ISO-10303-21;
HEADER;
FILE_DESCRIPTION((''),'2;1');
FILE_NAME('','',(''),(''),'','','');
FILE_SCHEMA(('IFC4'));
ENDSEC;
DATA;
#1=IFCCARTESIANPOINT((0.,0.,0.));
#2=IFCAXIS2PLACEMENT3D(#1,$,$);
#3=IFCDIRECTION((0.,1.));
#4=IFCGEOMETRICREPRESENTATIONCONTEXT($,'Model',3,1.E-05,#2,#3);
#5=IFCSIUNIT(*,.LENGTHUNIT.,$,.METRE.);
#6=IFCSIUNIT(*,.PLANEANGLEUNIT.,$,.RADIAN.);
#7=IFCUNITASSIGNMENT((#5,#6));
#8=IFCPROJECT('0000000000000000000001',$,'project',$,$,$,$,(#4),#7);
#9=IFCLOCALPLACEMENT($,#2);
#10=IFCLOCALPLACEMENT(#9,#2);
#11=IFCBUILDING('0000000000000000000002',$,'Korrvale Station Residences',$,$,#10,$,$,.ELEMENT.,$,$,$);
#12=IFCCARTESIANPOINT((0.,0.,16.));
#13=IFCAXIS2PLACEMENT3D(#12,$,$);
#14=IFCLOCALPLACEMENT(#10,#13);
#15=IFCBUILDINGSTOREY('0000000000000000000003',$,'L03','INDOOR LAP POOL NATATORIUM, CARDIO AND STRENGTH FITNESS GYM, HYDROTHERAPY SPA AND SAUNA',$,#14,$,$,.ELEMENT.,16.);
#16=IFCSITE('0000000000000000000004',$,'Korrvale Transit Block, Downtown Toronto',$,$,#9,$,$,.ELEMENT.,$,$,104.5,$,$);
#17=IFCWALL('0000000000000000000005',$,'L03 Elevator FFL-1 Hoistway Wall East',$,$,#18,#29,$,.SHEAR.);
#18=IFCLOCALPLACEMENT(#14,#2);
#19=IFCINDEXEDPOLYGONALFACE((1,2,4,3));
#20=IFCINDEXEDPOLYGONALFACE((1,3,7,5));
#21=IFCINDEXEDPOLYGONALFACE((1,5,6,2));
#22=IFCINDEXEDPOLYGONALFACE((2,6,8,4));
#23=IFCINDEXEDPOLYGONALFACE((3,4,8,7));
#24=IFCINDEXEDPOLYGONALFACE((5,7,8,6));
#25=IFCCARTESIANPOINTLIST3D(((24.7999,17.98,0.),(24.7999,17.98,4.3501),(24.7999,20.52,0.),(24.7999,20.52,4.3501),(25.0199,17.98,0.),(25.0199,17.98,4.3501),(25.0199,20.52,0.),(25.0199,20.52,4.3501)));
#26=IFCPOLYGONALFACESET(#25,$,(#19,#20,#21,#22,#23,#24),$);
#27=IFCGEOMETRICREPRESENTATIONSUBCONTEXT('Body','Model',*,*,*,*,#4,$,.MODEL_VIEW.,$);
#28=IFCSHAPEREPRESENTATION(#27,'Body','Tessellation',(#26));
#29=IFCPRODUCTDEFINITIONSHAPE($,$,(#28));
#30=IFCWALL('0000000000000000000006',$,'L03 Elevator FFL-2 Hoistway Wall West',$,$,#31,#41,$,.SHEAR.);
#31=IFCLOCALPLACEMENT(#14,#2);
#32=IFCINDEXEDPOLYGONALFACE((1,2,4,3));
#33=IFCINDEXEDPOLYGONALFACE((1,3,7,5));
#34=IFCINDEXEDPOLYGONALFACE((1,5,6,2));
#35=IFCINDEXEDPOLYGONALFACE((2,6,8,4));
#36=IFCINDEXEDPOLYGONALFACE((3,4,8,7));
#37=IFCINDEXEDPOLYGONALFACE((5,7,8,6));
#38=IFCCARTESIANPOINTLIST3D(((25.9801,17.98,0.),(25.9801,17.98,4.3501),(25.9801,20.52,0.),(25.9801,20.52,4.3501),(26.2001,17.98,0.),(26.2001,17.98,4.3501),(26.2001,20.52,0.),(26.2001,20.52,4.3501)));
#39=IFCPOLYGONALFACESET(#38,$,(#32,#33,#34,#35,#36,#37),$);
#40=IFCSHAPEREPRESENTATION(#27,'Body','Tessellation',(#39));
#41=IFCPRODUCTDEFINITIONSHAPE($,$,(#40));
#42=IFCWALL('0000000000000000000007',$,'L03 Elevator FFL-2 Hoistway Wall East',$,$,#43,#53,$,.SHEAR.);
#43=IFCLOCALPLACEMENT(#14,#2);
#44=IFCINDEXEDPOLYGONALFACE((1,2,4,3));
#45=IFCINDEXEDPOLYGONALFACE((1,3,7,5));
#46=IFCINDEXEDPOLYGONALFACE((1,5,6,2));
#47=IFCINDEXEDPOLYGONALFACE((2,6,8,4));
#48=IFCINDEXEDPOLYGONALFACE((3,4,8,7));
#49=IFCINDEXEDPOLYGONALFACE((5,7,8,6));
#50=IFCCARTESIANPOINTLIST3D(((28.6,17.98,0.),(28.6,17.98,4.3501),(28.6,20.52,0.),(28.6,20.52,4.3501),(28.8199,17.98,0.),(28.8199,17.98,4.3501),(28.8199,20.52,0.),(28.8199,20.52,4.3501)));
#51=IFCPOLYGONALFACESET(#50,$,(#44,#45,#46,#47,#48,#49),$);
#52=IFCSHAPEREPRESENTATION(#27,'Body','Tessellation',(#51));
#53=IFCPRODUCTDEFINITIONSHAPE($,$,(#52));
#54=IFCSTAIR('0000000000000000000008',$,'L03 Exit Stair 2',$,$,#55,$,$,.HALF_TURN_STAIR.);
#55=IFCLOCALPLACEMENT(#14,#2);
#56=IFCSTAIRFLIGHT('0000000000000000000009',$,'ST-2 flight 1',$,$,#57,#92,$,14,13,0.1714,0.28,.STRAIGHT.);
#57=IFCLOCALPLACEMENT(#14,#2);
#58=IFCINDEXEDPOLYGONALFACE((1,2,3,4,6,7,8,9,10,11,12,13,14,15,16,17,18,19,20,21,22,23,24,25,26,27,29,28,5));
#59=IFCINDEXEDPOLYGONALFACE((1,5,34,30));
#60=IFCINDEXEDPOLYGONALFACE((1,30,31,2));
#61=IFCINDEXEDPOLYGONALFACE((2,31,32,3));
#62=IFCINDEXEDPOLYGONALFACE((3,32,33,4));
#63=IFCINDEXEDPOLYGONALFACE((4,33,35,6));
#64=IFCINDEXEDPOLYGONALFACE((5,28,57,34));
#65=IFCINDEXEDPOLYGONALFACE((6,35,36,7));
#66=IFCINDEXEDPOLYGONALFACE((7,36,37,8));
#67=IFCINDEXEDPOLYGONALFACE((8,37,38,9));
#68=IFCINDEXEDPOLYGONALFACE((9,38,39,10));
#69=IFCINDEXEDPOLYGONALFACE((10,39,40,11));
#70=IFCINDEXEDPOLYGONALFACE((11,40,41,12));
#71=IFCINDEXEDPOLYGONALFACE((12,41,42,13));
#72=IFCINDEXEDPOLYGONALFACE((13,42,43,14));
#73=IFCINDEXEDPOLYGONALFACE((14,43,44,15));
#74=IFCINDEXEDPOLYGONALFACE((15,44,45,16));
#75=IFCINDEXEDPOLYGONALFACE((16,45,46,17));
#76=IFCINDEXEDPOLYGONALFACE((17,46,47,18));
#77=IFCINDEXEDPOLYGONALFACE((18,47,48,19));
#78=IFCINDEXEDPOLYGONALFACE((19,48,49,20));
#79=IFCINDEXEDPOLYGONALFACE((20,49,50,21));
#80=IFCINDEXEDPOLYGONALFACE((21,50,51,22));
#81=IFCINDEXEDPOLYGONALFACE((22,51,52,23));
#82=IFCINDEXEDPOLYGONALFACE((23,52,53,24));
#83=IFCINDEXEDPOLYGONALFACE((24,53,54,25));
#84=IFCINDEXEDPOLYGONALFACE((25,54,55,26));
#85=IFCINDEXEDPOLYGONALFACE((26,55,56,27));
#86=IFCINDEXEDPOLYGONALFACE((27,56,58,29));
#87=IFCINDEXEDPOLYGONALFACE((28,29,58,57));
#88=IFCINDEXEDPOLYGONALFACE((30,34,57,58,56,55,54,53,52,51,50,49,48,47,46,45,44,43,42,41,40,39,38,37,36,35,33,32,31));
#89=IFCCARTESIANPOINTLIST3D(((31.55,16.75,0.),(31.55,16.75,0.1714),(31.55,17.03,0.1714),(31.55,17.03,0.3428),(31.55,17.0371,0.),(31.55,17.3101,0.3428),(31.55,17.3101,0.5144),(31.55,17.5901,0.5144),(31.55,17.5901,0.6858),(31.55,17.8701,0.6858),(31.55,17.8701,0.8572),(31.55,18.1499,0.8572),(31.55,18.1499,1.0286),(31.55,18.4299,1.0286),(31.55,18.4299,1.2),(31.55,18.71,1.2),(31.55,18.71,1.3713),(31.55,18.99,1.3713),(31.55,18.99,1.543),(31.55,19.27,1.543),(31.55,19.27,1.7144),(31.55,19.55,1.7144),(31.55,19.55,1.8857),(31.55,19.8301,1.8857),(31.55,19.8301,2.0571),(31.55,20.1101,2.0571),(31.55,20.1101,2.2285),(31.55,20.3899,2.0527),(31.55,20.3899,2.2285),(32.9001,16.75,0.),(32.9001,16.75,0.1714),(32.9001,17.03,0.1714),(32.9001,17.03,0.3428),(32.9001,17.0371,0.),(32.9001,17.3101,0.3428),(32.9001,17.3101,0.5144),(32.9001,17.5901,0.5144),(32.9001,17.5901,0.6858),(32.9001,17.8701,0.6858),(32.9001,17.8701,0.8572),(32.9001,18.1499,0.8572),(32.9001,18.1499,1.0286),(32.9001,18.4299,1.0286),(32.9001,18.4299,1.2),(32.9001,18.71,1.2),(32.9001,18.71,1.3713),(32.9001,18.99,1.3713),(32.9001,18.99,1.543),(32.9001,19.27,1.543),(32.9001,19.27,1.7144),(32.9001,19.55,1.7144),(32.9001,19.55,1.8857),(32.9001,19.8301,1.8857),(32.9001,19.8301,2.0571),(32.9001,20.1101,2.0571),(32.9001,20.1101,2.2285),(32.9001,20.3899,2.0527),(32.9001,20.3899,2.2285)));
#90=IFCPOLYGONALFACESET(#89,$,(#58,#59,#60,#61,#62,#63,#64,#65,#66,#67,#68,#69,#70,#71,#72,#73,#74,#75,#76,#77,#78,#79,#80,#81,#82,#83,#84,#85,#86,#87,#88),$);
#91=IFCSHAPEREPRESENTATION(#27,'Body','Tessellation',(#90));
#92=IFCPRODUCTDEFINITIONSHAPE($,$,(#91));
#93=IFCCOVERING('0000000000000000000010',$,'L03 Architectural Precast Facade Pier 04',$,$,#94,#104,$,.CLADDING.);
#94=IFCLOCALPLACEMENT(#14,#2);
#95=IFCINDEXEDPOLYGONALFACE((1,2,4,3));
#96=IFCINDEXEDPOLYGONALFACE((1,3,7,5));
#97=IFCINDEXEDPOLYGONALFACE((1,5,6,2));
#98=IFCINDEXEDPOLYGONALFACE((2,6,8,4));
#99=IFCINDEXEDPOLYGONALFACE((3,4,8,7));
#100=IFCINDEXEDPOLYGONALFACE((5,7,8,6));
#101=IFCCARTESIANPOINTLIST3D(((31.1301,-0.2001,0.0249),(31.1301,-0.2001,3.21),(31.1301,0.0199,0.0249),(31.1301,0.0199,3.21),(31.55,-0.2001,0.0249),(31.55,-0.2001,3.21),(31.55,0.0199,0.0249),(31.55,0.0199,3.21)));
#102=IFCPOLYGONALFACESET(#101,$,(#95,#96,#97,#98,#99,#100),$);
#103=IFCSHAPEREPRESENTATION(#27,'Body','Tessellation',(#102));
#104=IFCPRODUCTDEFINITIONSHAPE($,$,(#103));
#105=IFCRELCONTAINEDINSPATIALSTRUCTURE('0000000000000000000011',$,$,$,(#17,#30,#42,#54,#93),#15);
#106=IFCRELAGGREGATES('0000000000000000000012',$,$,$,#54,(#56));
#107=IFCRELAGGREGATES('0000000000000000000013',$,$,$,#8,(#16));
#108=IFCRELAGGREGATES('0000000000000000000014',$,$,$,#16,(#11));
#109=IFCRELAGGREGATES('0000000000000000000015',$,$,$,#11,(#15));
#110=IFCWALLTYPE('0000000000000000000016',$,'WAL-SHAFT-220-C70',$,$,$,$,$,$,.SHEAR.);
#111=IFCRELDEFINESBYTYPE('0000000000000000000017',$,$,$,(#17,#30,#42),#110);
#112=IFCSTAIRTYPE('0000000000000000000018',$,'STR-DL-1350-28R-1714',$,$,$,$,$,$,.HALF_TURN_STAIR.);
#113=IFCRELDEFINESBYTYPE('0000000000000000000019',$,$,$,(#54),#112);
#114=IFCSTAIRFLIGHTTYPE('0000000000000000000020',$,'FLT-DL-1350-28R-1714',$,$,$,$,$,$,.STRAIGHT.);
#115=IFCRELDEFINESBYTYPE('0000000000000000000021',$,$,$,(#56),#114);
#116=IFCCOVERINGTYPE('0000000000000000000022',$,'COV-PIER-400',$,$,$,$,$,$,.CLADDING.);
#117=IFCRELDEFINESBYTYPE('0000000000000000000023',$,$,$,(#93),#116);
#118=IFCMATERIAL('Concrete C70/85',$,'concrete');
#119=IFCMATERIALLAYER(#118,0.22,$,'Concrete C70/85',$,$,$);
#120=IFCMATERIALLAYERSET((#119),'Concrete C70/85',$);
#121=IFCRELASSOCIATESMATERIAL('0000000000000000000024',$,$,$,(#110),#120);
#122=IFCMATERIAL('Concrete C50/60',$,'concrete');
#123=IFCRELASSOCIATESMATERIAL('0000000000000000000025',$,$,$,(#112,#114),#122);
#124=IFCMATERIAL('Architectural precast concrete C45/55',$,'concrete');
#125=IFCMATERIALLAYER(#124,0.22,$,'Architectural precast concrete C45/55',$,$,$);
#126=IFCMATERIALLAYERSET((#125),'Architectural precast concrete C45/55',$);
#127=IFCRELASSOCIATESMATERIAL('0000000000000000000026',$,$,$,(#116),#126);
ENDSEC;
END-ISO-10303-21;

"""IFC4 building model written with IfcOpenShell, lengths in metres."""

from ifc_helpers import new_model, si_unit, direction, frame, frame_2d, origin, origin_2d, place, context, subcontext, project, spatial, polyline, rectangle, outline, extrude, material, layer, layer_set, type_object, element, aggregate, save


model = new_model("IFC4")

# Units and contexts
model_context = context("Model", 3, precision=1e-05, world=origin(), true_north=direction((0.0, 1.0)))
body_context = subcontext(model_context, "Body", "Model", "MODEL_VIEW")
ifc_project = project(units=[si_unit("LENGTHUNIT", "METRE"), si_unit("PLANEANGLEUNIT", "RADIAN")], contexts=[model_context])

# Site, building, storey
site_placement = place(None, origin())
site = spatial("IfcSite", under=ifc_project, at=site_placement, Name="Korrvale Transit Block, Downtown Toronto", CompositionType="ELEMENT", RefElevation=104.5)
building_placement = place(site_placement, origin())
building = spatial("IfcBuilding", under=site, at=building_placement, Name="Korrvale Station Residences", CompositionType="ELEMENT")
storey_placement = place(building_placement, frame((0.0, 0.0, 16.0)))
storey = spatial("IfcBuildingStorey", under=building, at=storey_placement, Name="L03", Description="INDOOR LAP POOL NATATORIUM, CARDIO AND STRENGTH FITNESS GYM, HYDROTHERAPY SPA AND SAUNA", CompositionType="ELEMENT", Elevation=16.0)

# Shared definitions
ifc_material_1 = material(Name="Concrete C70/85", Category="concrete")

# Shared definitions
ifc_layer_1 = layer(ifc_material_1, 0.22, Name="Concrete C70/85")
ifc_layer_set_1 = layer_set([ifc_layer_1], Name="Concrete C70/85")
wall_type_1 = type_object("IfcWallType", Name="WAL-SHAFT-220-C70", PredefinedType="SHEAR", material=ifc_layer_set_1)

# Wall
for number, where, z_axis, x_axis, name in (
    (1, (24.9099, 17.98, 0.0), (0.0, 0.0, 1.0), (0.0, 1.0, 0.0), "L03 Elevator FFL-1 Hoistway Wall East"),
):
    element("IfcWall", number, at=place(storey_placement, frame(where, z_axis=z_axis, x_axis=x_axis)), inside=storey, type_object=wall_type_1, Name=name, PredefinedType="SHEAR", context=body_context, shape_type="SweptSolid", body=[
        extrude(rectangle(XDim=2.54, YDim=0.22, at=frame_2d((1.27, 0.0))), origin(), (0.0, 0.0, 1.0), 4.3501),
    ])

# Walls
for number, where, z_axis, x_axis, name in (
    (2, (26.0901, 17.98, 0.0), (0.0, 0.0, 1.0), (0.0, 1.0, 0.0), "L03 Elevator FFL-2 Hoistway Wall West"),
    (3, (28.71, 17.98, 0.0), (0.0, 0.0, 1.0), (0.0, 1.0, 0.0), "L03 Elevator FFL-2 Hoistway Wall East"),
):
    element("IfcWall", number, at=place(storey_placement, frame(where, z_axis=z_axis, x_axis=x_axis)), inside=storey, type_object=wall_type_1, Name=name, PredefinedType="SHEAR", context=body_context, shape_type="SweptSolid", body=[
        extrude(rectangle(XDim=2.54, YDim=0.22, at=frame_2d((1.27, 0.0))), origin(), (0.0, 0.0, 1.0), 4.3501),
    ])

# Stair, stair flight
ifc_material_2 = material(Name="Concrete C50/60", Category="concrete")
stair_type = type_object("IfcStairType", Name="STR-DL-1350-28R-1714", PredefinedType="HALF_TURN_STAIR", material=ifc_material_2)
stair_placement = place(storey_placement, origin())
stair = element("IfcStair", 4, at=stair_placement, inside=storey, type_object=stair_type, Name="L03 Exit Stair 2", PredefinedType="HALF_TURN_STAIR")
stair_flight_type = type_object("IfcStairFlightType", Name="FLT-DL-1350-28R-1714", PredefinedType="STRAIGHT", material=ifc_material_2)
stair_flight_placement = place(storey_placement, frame((32.2251, 16.75, 0.0), z_axis=(0.0, 0.0, 1.0), x_axis=(0.0, 1.0, 0.0)))
stair_flight = element("IfcStairFlight", 5, at=stair_flight_placement, type_object=stair_flight_type, Name="ST-2 flight 1", NumberOfRisers=14, NumberOfTreads=13, PredefinedType="STRAIGHT", RiserHeight=0.1714, TreadLength=0.28, context=body_context, shape_type="SweptSolid", body=[
    extrude(outline(polyline([(0.0, 0.0), (0.0, 0.1714), (0.28, 0.1714), (0.28, 0.3428), (0.5601, 0.3428), (0.5601, 0.5144), (0.8401, 0.5144), (0.8401, 0.6858), (1.1201, 0.6858), (1.1201, 0.8572), (1.3999, 0.8572), (1.3999, 1.0286), (1.6799, 1.0286), (1.6799, 1.2), (1.96, 1.2), (1.96, 1.3713), (2.24, 1.3713), (2.24, 1.543), (2.52, 1.543), (2.52, 1.7144), (2.8, 1.7144), (2.8, 1.8857), (3.0801, 1.8857), (3.0801, 2.0571), (3.3601, 2.0571), (3.3601, 2.2285), (3.6399, 2.2285), (3.6399, 2.3999), (3.6399, 2.0527), (0.2871, 0.0), (0.0, 0.0)])), frame((0.0, 0.675, 0.0), z_axis=(0.0, -1.0, 0.0), x_axis=(1.0, 0.0, 0.0)), (0.0, 0.0, 1.0), 1.3501),
])
aggregate(stair, [stair_flight])

# Covering
ifc_material_3 = material(Name="Architectural precast concrete C45/55", Category="concrete")
ifc_layer_2 = layer(ifc_material_3, 0.22, Name="Architectural precast concrete C45/55")
ifc_layer_set_2 = layer_set([ifc_layer_2], Name="Architectural precast concrete C45/55")
covering_type = type_object("IfcCoveringType", Name="COV-PIER-400", PredefinedType="CLADDING", material=ifc_layer_set_2)
covering_placement = place(storey_placement, frame((31.3401, -0.0901, 0.0249), z_axis=(0.0, 0.0, 1.0), x_axis=(1.0, 0.0, 0.0)))
element("IfcCovering", 6, at=covering_placement, inside=storey, type_object=covering_type, Name="L03 Architectural Precast Facade Pier 04", PredefinedType="CLADDING", context=body_context, shape_type="SweptSolid", body=[
    extrude(rectangle(XDim=0.4199, YDim=0.22, at=origin_2d()), origin(), (0.0, 0.0, 1.0), 3.1851),
])

save(model, "model.ifc")
